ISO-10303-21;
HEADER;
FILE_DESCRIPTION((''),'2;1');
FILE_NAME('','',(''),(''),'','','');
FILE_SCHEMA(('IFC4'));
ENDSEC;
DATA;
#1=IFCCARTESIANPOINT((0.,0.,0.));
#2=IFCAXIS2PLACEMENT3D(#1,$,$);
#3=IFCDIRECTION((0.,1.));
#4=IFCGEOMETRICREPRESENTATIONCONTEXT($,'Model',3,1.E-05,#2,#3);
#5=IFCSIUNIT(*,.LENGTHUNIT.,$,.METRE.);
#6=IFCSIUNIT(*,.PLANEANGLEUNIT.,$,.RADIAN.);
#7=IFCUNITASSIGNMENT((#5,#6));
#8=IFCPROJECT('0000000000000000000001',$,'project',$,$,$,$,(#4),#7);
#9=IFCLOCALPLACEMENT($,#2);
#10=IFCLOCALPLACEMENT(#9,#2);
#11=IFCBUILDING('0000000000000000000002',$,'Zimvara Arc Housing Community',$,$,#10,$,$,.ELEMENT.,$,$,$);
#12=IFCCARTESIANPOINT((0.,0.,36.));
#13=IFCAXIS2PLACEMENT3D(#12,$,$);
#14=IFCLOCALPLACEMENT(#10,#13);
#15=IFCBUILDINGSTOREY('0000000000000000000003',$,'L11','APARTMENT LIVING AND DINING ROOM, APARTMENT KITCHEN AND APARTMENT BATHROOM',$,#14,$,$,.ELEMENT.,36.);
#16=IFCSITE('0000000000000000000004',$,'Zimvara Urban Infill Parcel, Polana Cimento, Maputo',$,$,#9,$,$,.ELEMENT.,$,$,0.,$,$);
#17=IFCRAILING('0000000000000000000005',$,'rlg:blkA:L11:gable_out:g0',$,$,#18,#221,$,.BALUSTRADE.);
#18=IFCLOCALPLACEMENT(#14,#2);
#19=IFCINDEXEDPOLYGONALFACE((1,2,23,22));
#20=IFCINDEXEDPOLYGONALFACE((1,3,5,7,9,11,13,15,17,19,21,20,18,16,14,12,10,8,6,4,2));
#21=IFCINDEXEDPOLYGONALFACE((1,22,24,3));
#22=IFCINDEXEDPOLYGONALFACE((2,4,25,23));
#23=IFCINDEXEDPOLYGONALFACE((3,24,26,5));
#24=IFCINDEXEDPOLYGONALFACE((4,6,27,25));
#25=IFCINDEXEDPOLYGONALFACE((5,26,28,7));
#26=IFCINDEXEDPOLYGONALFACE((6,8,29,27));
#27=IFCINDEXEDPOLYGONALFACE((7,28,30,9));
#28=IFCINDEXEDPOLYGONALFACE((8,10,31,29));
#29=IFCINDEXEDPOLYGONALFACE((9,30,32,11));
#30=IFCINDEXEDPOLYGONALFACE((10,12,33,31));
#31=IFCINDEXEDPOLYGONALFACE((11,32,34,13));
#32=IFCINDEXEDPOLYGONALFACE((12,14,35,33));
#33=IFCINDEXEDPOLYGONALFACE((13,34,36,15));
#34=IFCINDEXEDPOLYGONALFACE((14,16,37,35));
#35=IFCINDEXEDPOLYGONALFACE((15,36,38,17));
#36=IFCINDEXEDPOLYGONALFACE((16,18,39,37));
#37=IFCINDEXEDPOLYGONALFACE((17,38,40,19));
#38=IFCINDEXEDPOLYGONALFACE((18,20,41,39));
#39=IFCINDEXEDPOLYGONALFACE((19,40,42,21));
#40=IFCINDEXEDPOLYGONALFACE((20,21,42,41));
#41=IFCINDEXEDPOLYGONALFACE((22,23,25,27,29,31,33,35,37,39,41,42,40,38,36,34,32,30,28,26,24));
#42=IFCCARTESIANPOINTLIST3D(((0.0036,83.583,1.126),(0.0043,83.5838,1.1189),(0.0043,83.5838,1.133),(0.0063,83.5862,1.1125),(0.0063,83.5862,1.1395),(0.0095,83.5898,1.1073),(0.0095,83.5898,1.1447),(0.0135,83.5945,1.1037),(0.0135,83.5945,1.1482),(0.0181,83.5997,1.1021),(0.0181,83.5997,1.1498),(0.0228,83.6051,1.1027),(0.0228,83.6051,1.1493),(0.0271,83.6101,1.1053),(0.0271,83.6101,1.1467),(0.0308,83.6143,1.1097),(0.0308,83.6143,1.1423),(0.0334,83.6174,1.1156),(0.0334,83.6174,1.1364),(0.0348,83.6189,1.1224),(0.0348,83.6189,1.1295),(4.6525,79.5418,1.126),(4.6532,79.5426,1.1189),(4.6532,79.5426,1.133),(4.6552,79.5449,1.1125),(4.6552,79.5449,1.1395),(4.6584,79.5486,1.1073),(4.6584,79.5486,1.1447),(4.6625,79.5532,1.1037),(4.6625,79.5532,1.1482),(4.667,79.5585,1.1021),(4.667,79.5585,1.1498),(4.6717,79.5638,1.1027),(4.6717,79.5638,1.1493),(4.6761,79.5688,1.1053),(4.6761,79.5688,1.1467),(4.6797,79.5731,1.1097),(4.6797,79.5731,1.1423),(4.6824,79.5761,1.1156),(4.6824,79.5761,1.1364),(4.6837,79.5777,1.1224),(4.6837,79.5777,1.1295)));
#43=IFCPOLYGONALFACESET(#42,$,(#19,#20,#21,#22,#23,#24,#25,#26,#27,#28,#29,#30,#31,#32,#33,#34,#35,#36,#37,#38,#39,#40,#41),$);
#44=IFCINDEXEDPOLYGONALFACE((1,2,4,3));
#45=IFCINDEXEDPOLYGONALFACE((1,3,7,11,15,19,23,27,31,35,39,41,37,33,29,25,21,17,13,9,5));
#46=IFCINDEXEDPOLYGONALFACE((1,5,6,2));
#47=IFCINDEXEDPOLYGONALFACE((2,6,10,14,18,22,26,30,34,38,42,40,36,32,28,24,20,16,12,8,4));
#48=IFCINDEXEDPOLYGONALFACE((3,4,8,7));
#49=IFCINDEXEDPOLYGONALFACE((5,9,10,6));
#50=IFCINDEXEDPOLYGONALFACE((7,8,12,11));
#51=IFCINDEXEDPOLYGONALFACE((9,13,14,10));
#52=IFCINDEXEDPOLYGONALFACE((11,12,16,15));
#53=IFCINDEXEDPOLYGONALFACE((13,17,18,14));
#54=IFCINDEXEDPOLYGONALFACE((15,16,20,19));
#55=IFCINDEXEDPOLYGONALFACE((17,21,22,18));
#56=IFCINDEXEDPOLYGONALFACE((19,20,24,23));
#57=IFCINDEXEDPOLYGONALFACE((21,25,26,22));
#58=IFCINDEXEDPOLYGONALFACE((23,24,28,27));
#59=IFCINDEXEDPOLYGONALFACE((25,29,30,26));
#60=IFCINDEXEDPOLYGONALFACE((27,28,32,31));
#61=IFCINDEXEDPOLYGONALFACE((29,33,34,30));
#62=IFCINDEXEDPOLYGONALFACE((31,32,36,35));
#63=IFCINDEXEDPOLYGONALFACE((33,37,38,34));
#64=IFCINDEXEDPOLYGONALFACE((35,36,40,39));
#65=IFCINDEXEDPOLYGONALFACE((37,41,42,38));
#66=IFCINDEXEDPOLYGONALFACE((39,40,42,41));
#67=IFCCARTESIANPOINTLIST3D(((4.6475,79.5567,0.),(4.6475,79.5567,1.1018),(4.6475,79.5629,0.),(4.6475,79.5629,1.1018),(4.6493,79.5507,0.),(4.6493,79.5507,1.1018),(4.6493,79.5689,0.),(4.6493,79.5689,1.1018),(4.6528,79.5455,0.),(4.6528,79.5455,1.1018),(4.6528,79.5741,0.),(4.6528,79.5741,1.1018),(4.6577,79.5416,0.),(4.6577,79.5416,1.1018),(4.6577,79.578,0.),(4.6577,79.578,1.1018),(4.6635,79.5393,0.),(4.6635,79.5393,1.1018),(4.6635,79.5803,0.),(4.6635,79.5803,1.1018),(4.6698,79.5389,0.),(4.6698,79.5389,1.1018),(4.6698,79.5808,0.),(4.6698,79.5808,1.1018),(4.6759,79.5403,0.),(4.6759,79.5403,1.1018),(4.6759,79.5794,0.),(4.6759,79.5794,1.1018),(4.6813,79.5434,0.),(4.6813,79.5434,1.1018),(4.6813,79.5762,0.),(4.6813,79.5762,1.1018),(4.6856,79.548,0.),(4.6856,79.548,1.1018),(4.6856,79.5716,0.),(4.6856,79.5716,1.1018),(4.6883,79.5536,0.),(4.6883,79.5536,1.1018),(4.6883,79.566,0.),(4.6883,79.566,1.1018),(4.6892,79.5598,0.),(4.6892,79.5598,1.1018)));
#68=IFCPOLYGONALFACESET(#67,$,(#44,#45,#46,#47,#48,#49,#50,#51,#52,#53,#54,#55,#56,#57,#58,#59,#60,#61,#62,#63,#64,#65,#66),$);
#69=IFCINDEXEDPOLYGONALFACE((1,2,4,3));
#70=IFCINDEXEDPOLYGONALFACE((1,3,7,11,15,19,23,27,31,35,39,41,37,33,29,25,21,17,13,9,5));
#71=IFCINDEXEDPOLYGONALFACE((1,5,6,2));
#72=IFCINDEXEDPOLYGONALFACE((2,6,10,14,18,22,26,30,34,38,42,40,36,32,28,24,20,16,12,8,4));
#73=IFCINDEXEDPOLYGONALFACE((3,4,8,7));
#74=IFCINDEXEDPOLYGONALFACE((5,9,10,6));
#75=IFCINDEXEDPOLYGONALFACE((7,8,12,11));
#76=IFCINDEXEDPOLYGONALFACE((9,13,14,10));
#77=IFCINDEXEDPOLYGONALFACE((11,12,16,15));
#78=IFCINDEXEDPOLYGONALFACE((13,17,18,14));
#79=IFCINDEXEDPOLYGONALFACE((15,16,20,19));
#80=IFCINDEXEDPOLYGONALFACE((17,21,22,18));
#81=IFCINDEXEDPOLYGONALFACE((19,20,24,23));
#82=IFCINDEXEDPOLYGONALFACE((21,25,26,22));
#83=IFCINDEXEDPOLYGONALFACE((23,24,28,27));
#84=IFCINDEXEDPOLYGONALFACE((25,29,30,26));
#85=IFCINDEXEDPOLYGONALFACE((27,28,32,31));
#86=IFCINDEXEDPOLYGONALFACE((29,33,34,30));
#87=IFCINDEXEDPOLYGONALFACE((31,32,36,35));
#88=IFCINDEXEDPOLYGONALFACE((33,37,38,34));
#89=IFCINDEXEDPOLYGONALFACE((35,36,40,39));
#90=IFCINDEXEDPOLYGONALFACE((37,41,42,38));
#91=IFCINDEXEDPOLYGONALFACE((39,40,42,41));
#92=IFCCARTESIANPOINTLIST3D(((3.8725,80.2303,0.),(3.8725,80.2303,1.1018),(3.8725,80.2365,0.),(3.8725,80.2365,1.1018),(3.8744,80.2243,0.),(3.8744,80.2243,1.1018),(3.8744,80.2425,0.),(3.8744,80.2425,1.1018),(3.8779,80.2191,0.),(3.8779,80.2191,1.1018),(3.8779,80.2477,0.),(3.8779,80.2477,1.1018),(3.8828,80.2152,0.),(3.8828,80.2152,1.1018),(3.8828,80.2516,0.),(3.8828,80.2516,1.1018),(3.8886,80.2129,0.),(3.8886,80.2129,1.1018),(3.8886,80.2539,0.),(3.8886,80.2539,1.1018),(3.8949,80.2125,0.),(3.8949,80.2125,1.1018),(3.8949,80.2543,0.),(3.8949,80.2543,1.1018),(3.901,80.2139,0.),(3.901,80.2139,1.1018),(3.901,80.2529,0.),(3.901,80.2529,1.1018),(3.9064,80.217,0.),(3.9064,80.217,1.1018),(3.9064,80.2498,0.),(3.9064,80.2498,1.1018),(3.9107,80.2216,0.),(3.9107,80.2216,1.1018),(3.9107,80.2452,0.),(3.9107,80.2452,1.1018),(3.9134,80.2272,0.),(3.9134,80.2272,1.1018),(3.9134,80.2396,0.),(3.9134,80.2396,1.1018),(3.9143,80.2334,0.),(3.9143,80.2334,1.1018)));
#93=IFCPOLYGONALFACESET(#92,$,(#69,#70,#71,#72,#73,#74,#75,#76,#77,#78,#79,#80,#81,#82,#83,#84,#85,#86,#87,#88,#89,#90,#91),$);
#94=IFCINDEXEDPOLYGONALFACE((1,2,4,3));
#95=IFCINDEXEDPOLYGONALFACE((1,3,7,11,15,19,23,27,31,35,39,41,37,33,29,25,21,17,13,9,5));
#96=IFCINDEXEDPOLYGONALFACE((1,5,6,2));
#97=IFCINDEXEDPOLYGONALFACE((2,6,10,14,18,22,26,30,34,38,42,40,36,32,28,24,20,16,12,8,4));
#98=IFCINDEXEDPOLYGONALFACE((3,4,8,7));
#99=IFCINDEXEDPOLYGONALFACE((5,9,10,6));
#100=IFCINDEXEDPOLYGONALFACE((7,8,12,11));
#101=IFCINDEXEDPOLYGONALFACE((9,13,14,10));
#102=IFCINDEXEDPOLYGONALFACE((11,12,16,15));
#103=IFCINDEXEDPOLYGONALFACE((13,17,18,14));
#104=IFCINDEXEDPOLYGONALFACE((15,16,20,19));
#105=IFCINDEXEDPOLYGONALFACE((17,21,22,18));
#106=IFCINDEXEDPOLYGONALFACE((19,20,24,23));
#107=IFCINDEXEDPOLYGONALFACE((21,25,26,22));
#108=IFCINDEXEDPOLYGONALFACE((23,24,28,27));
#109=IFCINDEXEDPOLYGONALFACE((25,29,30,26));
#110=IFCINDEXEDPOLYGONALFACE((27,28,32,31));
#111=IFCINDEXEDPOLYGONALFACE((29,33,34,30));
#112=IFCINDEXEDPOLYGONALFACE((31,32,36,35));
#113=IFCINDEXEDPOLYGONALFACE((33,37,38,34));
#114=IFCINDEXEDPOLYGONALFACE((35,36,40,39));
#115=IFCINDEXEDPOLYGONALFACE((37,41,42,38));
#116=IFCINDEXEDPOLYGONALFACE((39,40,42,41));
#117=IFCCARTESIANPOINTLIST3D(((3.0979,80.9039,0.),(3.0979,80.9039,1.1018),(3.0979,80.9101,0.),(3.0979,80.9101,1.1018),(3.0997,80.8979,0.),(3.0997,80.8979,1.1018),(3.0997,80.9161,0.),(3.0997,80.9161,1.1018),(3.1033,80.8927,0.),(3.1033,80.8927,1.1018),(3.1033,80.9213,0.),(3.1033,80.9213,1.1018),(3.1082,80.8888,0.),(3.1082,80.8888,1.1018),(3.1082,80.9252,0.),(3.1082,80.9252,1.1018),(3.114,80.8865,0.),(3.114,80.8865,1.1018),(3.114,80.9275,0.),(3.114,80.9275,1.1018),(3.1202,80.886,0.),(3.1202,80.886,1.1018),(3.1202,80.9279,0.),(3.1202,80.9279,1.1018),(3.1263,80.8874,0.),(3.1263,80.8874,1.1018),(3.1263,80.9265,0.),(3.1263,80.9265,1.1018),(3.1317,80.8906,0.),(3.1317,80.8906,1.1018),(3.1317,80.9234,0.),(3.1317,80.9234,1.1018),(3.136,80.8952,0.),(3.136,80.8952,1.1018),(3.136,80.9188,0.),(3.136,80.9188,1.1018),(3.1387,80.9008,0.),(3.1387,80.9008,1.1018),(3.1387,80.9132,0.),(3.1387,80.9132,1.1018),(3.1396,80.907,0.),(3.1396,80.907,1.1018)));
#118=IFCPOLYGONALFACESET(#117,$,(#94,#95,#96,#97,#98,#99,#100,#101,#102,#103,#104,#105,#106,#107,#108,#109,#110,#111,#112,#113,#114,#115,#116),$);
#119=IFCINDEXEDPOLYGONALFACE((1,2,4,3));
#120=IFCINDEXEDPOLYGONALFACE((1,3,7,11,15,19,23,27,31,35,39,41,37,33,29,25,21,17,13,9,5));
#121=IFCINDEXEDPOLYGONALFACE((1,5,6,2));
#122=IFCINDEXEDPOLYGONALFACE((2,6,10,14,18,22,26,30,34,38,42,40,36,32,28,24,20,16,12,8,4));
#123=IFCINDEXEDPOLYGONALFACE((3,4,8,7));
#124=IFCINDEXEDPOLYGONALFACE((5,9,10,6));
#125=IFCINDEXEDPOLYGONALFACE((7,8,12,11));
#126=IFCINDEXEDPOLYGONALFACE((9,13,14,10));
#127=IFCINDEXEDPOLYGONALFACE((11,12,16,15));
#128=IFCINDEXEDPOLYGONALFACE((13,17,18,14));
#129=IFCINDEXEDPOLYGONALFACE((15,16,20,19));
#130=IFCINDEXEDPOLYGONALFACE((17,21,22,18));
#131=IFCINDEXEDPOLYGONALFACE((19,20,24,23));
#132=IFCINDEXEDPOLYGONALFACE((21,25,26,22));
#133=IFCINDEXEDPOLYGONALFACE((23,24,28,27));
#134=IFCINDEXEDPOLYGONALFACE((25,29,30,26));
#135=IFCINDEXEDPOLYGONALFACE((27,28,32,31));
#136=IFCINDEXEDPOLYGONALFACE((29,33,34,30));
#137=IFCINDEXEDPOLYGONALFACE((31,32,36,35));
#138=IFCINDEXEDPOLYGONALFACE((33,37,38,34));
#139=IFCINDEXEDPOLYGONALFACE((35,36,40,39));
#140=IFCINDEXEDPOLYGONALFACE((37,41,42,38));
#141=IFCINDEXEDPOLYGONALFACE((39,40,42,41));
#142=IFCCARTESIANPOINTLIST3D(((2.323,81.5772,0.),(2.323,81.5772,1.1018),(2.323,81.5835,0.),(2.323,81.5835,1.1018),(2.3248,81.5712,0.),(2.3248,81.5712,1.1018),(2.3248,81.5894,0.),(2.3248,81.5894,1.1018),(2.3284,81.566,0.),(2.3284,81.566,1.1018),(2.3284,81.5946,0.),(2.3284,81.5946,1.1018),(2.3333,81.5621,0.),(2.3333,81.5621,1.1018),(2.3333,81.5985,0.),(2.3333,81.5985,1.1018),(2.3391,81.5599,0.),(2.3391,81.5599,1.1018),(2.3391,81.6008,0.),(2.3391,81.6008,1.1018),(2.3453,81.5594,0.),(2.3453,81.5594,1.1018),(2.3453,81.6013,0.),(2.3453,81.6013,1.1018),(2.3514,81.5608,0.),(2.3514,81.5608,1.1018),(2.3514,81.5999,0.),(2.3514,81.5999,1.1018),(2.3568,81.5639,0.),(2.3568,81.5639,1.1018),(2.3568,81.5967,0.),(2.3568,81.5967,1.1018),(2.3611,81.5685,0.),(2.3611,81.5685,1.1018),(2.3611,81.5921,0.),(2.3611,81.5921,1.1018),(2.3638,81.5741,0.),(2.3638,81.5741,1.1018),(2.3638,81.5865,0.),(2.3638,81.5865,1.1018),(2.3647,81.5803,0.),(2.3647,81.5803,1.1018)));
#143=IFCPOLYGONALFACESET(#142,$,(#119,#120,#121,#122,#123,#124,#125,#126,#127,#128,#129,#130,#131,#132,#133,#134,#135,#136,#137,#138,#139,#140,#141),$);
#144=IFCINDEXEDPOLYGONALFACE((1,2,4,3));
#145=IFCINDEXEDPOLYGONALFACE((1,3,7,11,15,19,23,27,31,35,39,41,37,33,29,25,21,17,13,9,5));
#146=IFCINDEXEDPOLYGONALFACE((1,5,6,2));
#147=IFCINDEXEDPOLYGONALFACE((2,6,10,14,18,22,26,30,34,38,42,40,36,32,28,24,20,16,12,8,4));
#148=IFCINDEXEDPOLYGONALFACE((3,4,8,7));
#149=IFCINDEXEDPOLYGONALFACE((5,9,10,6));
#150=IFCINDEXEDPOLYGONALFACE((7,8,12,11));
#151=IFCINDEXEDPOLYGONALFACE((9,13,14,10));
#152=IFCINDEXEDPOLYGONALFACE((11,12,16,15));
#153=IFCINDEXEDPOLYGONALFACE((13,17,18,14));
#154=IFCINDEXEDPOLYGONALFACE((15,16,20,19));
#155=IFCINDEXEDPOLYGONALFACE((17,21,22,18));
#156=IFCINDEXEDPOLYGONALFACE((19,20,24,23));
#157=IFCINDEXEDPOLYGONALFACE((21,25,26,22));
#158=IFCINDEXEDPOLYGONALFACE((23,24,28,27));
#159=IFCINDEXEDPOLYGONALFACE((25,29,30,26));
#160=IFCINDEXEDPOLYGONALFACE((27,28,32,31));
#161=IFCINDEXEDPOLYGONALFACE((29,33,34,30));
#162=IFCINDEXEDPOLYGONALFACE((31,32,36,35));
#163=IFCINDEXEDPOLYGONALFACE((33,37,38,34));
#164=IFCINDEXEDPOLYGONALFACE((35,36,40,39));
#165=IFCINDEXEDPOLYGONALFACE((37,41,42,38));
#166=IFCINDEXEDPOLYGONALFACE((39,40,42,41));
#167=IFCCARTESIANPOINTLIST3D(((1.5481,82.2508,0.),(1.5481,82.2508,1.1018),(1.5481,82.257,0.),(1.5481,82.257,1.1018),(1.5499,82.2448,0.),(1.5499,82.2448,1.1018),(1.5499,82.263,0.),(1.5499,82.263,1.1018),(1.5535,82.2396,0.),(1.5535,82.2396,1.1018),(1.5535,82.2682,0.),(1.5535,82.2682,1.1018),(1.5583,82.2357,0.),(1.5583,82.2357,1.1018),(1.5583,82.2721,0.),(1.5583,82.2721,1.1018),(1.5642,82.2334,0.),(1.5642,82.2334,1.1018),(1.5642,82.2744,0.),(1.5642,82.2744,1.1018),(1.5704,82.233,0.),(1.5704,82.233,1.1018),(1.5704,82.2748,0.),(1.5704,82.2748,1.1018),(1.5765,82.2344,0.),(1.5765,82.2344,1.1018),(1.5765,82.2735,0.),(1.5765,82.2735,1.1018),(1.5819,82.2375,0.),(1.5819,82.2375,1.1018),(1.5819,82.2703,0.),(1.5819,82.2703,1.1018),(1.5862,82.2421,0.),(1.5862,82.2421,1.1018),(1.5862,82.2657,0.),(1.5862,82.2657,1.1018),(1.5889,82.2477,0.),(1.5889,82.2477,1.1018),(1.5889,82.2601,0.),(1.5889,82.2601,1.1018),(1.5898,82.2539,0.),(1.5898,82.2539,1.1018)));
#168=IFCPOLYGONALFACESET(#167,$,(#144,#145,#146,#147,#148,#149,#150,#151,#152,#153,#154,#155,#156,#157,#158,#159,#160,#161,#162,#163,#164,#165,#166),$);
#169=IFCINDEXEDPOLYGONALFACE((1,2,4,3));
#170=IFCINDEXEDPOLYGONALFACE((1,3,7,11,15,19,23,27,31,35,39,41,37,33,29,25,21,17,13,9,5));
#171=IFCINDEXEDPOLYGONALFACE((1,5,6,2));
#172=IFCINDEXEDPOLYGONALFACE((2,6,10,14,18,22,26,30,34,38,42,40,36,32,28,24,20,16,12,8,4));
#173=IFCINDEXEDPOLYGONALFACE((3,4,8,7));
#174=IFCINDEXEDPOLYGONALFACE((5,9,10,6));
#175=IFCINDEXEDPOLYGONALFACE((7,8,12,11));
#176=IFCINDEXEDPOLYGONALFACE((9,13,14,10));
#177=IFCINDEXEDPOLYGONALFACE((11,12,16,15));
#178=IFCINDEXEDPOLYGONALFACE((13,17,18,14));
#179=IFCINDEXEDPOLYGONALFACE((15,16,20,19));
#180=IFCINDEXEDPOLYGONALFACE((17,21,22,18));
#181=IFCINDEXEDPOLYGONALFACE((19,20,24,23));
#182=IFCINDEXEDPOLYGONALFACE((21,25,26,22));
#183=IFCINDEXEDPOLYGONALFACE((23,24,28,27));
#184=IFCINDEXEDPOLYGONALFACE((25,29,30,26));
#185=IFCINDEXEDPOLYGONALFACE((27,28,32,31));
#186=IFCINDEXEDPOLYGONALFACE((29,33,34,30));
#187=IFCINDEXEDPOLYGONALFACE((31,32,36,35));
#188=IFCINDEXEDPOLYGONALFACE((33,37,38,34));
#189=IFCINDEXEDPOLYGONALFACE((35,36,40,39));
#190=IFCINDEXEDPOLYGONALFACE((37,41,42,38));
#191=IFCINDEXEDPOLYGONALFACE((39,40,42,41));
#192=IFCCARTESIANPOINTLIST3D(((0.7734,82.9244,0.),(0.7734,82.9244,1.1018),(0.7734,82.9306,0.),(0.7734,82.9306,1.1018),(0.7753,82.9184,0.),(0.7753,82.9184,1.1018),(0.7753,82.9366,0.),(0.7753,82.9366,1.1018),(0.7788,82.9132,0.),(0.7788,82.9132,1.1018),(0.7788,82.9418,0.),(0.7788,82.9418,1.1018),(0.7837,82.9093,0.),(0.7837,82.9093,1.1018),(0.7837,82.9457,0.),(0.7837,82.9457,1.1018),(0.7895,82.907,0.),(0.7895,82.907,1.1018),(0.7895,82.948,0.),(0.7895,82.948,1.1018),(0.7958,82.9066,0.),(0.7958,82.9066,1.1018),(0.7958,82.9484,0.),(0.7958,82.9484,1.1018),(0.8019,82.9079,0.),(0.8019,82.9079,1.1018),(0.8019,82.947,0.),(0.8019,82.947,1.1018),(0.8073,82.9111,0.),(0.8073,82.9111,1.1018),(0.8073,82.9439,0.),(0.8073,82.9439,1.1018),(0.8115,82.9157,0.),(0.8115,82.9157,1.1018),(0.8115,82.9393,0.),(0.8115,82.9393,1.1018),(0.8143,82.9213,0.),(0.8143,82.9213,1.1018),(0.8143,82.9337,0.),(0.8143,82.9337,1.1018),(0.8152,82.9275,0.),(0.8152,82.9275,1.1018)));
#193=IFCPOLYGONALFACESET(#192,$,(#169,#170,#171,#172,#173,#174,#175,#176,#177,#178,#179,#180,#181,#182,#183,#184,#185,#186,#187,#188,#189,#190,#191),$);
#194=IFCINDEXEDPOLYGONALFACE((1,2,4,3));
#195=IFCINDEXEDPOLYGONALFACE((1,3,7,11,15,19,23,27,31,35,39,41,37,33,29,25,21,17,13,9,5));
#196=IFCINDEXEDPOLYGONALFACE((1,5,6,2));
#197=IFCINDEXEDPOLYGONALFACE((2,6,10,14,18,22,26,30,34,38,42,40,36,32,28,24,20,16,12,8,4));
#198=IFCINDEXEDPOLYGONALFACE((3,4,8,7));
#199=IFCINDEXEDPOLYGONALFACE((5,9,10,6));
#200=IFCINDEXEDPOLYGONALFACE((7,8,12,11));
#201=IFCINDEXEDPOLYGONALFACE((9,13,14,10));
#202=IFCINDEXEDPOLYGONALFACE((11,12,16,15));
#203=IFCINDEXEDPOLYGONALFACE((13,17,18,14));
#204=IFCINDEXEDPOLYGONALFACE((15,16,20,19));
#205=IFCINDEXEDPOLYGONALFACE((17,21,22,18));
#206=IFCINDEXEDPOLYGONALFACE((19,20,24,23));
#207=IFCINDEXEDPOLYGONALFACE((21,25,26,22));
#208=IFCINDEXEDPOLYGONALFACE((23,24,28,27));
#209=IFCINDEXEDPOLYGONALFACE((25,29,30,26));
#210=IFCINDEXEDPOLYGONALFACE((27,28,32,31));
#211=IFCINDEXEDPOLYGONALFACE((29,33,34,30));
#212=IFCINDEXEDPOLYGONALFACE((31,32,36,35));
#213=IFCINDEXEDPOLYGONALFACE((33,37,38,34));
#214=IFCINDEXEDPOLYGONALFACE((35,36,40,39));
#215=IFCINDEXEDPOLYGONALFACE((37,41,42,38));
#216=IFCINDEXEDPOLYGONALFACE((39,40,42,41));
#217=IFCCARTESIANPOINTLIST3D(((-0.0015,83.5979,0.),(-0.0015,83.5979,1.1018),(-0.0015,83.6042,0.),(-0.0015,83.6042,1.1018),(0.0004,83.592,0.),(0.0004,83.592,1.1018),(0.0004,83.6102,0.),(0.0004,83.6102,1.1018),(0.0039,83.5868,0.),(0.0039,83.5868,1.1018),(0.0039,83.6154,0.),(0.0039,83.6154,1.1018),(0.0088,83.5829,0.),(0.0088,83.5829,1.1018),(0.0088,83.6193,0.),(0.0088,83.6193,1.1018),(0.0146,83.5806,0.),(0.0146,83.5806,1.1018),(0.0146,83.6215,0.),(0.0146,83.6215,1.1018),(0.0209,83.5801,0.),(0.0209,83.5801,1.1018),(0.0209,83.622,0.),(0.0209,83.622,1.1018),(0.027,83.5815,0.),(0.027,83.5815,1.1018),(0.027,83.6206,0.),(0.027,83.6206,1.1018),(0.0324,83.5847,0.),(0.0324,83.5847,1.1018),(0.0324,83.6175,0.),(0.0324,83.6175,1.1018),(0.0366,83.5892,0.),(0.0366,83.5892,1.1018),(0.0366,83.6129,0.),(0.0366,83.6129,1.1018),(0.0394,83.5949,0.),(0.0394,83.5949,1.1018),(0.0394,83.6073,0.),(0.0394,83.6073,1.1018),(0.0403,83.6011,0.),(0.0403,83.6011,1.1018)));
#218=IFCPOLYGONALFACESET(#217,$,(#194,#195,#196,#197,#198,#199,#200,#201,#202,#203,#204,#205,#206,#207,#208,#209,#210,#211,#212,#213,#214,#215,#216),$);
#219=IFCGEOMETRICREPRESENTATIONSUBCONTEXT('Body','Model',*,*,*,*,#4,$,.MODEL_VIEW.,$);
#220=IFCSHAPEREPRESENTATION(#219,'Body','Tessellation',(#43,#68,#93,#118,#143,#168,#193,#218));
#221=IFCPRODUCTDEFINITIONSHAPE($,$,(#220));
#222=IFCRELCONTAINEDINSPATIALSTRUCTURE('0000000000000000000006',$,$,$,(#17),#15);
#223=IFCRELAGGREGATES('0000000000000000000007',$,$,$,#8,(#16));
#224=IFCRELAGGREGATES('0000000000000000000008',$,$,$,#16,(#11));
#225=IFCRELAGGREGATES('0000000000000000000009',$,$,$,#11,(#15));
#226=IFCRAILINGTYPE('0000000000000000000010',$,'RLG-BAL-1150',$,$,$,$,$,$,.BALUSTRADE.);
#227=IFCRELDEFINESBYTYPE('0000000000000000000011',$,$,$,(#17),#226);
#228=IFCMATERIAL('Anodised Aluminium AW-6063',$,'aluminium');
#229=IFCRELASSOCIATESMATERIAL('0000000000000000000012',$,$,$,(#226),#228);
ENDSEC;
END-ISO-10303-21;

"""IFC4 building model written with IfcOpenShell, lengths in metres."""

from ifc_helpers import new_model, si_unit, direction, frame, origin, origin_2d, place, context, subcontext, project, spatial, circle, extrude, material, type_object, element, save


model = new_model("IFC4")

# Units and contexts
model_context = context("Model", 3, precision=1e-05, world=origin(), true_north=direction((0.0, 1.0)))
body_context = subcontext(model_context, "Body", "Model", "MODEL_VIEW")
ifc_project = project(units=[si_unit("LENGTHUNIT", "METRE"), si_unit("PLANEANGLEUNIT", "RADIAN")], contexts=[model_context])

# Site, building, storey
site_placement = place(None, origin())
site = spatial("IfcSite", under=ifc_project, at=site_placement, Name="Zimvara Urban Infill Parcel, Polana Cimento, Maputo", CompositionType="ELEMENT", RefElevation=0.0)
building_placement = place(site_placement, origin())
building = spatial("IfcBuilding", under=site, at=building_placement, Name="Zimvara Arc Housing Community", CompositionType="ELEMENT")
storey_placement = place(building_placement, frame((0.0, 0.0, 36.0)))
storey = spatial("IfcBuildingStorey", under=building, at=storey_placement, Name="L11", Description="APARTMENT LIVING AND DINING ROOM, APARTMENT KITCHEN AND APARTMENT BATHROOM", CompositionType="ELEMENT", Elevation=36.0)

# Railing
ifc_material_1 = material(Name="Anodised Aluminium AW-6063", Category="aluminium")
railing_type_1 = type_object("IfcRailingType", Name="RLG-BAL-1150", PredefinedType="BALUSTRADE", material=ifc_material_1)
railing_1_placement = place(storey_placement, frame((4.6682, 79.5598, 0.0)))
element("IfcRailing", 1, at=railing_1_placement, inside=storey, type_object=railing_type_1, Name="rlg:blkA:L11:gable_out:g0", PredefinedType="BALUSTRADE", context=body_context, shape_type="SweptSolid", body=[
    extrude(circle(Radius=0.0239, at=origin_2d()), frame((0.0, 0.0, 1.126), z_axis=(-0.754709, 0.65606, 0.0), x_axis=(-0.65606, -0.754709, 0.0)), (0.0, 0.0, 1.0), 6.1599),
    extrude(circle(Radius=0.021, at=origin_2d()), origin(), (0.0, 0.0, 1.0), 1.1018),
    extrude(circle(Radius=0.021, at=origin_2d()), frame((-0.7749, 0.6736, 0.0)), (0.0, 0.0, 1.0), 1.1018),
    extrude(circle(Radius=0.021, at=origin_2d()), frame((-1.5496, 1.3472, 0.0)), (0.0, 0.0, 1.0), 1.1018),
    extrude(circle(Radius=0.021, at=origin_2d()), frame((-2.3245, 2.0205, 0.0)), (0.0, 0.0, 1.0), 1.1018),
    extrude(circle(Radius=0.021, at=origin_2d()), frame((-3.0994, 2.6941, 0.0)), (0.0, 0.0, 1.0), 1.1018),
    extrude(circle(Radius=0.021, at=origin_2d()), frame((-3.874, 3.3677, 0.0)), (0.0, 0.0, 1.0), 1.1018),
    extrude(circle(Radius=0.021, at=origin_2d()), frame((-4.6489, 4.0413, 0.0)), (0.0, 0.0, 1.0), 1.1018),
])

save(model, "model.ifc")
